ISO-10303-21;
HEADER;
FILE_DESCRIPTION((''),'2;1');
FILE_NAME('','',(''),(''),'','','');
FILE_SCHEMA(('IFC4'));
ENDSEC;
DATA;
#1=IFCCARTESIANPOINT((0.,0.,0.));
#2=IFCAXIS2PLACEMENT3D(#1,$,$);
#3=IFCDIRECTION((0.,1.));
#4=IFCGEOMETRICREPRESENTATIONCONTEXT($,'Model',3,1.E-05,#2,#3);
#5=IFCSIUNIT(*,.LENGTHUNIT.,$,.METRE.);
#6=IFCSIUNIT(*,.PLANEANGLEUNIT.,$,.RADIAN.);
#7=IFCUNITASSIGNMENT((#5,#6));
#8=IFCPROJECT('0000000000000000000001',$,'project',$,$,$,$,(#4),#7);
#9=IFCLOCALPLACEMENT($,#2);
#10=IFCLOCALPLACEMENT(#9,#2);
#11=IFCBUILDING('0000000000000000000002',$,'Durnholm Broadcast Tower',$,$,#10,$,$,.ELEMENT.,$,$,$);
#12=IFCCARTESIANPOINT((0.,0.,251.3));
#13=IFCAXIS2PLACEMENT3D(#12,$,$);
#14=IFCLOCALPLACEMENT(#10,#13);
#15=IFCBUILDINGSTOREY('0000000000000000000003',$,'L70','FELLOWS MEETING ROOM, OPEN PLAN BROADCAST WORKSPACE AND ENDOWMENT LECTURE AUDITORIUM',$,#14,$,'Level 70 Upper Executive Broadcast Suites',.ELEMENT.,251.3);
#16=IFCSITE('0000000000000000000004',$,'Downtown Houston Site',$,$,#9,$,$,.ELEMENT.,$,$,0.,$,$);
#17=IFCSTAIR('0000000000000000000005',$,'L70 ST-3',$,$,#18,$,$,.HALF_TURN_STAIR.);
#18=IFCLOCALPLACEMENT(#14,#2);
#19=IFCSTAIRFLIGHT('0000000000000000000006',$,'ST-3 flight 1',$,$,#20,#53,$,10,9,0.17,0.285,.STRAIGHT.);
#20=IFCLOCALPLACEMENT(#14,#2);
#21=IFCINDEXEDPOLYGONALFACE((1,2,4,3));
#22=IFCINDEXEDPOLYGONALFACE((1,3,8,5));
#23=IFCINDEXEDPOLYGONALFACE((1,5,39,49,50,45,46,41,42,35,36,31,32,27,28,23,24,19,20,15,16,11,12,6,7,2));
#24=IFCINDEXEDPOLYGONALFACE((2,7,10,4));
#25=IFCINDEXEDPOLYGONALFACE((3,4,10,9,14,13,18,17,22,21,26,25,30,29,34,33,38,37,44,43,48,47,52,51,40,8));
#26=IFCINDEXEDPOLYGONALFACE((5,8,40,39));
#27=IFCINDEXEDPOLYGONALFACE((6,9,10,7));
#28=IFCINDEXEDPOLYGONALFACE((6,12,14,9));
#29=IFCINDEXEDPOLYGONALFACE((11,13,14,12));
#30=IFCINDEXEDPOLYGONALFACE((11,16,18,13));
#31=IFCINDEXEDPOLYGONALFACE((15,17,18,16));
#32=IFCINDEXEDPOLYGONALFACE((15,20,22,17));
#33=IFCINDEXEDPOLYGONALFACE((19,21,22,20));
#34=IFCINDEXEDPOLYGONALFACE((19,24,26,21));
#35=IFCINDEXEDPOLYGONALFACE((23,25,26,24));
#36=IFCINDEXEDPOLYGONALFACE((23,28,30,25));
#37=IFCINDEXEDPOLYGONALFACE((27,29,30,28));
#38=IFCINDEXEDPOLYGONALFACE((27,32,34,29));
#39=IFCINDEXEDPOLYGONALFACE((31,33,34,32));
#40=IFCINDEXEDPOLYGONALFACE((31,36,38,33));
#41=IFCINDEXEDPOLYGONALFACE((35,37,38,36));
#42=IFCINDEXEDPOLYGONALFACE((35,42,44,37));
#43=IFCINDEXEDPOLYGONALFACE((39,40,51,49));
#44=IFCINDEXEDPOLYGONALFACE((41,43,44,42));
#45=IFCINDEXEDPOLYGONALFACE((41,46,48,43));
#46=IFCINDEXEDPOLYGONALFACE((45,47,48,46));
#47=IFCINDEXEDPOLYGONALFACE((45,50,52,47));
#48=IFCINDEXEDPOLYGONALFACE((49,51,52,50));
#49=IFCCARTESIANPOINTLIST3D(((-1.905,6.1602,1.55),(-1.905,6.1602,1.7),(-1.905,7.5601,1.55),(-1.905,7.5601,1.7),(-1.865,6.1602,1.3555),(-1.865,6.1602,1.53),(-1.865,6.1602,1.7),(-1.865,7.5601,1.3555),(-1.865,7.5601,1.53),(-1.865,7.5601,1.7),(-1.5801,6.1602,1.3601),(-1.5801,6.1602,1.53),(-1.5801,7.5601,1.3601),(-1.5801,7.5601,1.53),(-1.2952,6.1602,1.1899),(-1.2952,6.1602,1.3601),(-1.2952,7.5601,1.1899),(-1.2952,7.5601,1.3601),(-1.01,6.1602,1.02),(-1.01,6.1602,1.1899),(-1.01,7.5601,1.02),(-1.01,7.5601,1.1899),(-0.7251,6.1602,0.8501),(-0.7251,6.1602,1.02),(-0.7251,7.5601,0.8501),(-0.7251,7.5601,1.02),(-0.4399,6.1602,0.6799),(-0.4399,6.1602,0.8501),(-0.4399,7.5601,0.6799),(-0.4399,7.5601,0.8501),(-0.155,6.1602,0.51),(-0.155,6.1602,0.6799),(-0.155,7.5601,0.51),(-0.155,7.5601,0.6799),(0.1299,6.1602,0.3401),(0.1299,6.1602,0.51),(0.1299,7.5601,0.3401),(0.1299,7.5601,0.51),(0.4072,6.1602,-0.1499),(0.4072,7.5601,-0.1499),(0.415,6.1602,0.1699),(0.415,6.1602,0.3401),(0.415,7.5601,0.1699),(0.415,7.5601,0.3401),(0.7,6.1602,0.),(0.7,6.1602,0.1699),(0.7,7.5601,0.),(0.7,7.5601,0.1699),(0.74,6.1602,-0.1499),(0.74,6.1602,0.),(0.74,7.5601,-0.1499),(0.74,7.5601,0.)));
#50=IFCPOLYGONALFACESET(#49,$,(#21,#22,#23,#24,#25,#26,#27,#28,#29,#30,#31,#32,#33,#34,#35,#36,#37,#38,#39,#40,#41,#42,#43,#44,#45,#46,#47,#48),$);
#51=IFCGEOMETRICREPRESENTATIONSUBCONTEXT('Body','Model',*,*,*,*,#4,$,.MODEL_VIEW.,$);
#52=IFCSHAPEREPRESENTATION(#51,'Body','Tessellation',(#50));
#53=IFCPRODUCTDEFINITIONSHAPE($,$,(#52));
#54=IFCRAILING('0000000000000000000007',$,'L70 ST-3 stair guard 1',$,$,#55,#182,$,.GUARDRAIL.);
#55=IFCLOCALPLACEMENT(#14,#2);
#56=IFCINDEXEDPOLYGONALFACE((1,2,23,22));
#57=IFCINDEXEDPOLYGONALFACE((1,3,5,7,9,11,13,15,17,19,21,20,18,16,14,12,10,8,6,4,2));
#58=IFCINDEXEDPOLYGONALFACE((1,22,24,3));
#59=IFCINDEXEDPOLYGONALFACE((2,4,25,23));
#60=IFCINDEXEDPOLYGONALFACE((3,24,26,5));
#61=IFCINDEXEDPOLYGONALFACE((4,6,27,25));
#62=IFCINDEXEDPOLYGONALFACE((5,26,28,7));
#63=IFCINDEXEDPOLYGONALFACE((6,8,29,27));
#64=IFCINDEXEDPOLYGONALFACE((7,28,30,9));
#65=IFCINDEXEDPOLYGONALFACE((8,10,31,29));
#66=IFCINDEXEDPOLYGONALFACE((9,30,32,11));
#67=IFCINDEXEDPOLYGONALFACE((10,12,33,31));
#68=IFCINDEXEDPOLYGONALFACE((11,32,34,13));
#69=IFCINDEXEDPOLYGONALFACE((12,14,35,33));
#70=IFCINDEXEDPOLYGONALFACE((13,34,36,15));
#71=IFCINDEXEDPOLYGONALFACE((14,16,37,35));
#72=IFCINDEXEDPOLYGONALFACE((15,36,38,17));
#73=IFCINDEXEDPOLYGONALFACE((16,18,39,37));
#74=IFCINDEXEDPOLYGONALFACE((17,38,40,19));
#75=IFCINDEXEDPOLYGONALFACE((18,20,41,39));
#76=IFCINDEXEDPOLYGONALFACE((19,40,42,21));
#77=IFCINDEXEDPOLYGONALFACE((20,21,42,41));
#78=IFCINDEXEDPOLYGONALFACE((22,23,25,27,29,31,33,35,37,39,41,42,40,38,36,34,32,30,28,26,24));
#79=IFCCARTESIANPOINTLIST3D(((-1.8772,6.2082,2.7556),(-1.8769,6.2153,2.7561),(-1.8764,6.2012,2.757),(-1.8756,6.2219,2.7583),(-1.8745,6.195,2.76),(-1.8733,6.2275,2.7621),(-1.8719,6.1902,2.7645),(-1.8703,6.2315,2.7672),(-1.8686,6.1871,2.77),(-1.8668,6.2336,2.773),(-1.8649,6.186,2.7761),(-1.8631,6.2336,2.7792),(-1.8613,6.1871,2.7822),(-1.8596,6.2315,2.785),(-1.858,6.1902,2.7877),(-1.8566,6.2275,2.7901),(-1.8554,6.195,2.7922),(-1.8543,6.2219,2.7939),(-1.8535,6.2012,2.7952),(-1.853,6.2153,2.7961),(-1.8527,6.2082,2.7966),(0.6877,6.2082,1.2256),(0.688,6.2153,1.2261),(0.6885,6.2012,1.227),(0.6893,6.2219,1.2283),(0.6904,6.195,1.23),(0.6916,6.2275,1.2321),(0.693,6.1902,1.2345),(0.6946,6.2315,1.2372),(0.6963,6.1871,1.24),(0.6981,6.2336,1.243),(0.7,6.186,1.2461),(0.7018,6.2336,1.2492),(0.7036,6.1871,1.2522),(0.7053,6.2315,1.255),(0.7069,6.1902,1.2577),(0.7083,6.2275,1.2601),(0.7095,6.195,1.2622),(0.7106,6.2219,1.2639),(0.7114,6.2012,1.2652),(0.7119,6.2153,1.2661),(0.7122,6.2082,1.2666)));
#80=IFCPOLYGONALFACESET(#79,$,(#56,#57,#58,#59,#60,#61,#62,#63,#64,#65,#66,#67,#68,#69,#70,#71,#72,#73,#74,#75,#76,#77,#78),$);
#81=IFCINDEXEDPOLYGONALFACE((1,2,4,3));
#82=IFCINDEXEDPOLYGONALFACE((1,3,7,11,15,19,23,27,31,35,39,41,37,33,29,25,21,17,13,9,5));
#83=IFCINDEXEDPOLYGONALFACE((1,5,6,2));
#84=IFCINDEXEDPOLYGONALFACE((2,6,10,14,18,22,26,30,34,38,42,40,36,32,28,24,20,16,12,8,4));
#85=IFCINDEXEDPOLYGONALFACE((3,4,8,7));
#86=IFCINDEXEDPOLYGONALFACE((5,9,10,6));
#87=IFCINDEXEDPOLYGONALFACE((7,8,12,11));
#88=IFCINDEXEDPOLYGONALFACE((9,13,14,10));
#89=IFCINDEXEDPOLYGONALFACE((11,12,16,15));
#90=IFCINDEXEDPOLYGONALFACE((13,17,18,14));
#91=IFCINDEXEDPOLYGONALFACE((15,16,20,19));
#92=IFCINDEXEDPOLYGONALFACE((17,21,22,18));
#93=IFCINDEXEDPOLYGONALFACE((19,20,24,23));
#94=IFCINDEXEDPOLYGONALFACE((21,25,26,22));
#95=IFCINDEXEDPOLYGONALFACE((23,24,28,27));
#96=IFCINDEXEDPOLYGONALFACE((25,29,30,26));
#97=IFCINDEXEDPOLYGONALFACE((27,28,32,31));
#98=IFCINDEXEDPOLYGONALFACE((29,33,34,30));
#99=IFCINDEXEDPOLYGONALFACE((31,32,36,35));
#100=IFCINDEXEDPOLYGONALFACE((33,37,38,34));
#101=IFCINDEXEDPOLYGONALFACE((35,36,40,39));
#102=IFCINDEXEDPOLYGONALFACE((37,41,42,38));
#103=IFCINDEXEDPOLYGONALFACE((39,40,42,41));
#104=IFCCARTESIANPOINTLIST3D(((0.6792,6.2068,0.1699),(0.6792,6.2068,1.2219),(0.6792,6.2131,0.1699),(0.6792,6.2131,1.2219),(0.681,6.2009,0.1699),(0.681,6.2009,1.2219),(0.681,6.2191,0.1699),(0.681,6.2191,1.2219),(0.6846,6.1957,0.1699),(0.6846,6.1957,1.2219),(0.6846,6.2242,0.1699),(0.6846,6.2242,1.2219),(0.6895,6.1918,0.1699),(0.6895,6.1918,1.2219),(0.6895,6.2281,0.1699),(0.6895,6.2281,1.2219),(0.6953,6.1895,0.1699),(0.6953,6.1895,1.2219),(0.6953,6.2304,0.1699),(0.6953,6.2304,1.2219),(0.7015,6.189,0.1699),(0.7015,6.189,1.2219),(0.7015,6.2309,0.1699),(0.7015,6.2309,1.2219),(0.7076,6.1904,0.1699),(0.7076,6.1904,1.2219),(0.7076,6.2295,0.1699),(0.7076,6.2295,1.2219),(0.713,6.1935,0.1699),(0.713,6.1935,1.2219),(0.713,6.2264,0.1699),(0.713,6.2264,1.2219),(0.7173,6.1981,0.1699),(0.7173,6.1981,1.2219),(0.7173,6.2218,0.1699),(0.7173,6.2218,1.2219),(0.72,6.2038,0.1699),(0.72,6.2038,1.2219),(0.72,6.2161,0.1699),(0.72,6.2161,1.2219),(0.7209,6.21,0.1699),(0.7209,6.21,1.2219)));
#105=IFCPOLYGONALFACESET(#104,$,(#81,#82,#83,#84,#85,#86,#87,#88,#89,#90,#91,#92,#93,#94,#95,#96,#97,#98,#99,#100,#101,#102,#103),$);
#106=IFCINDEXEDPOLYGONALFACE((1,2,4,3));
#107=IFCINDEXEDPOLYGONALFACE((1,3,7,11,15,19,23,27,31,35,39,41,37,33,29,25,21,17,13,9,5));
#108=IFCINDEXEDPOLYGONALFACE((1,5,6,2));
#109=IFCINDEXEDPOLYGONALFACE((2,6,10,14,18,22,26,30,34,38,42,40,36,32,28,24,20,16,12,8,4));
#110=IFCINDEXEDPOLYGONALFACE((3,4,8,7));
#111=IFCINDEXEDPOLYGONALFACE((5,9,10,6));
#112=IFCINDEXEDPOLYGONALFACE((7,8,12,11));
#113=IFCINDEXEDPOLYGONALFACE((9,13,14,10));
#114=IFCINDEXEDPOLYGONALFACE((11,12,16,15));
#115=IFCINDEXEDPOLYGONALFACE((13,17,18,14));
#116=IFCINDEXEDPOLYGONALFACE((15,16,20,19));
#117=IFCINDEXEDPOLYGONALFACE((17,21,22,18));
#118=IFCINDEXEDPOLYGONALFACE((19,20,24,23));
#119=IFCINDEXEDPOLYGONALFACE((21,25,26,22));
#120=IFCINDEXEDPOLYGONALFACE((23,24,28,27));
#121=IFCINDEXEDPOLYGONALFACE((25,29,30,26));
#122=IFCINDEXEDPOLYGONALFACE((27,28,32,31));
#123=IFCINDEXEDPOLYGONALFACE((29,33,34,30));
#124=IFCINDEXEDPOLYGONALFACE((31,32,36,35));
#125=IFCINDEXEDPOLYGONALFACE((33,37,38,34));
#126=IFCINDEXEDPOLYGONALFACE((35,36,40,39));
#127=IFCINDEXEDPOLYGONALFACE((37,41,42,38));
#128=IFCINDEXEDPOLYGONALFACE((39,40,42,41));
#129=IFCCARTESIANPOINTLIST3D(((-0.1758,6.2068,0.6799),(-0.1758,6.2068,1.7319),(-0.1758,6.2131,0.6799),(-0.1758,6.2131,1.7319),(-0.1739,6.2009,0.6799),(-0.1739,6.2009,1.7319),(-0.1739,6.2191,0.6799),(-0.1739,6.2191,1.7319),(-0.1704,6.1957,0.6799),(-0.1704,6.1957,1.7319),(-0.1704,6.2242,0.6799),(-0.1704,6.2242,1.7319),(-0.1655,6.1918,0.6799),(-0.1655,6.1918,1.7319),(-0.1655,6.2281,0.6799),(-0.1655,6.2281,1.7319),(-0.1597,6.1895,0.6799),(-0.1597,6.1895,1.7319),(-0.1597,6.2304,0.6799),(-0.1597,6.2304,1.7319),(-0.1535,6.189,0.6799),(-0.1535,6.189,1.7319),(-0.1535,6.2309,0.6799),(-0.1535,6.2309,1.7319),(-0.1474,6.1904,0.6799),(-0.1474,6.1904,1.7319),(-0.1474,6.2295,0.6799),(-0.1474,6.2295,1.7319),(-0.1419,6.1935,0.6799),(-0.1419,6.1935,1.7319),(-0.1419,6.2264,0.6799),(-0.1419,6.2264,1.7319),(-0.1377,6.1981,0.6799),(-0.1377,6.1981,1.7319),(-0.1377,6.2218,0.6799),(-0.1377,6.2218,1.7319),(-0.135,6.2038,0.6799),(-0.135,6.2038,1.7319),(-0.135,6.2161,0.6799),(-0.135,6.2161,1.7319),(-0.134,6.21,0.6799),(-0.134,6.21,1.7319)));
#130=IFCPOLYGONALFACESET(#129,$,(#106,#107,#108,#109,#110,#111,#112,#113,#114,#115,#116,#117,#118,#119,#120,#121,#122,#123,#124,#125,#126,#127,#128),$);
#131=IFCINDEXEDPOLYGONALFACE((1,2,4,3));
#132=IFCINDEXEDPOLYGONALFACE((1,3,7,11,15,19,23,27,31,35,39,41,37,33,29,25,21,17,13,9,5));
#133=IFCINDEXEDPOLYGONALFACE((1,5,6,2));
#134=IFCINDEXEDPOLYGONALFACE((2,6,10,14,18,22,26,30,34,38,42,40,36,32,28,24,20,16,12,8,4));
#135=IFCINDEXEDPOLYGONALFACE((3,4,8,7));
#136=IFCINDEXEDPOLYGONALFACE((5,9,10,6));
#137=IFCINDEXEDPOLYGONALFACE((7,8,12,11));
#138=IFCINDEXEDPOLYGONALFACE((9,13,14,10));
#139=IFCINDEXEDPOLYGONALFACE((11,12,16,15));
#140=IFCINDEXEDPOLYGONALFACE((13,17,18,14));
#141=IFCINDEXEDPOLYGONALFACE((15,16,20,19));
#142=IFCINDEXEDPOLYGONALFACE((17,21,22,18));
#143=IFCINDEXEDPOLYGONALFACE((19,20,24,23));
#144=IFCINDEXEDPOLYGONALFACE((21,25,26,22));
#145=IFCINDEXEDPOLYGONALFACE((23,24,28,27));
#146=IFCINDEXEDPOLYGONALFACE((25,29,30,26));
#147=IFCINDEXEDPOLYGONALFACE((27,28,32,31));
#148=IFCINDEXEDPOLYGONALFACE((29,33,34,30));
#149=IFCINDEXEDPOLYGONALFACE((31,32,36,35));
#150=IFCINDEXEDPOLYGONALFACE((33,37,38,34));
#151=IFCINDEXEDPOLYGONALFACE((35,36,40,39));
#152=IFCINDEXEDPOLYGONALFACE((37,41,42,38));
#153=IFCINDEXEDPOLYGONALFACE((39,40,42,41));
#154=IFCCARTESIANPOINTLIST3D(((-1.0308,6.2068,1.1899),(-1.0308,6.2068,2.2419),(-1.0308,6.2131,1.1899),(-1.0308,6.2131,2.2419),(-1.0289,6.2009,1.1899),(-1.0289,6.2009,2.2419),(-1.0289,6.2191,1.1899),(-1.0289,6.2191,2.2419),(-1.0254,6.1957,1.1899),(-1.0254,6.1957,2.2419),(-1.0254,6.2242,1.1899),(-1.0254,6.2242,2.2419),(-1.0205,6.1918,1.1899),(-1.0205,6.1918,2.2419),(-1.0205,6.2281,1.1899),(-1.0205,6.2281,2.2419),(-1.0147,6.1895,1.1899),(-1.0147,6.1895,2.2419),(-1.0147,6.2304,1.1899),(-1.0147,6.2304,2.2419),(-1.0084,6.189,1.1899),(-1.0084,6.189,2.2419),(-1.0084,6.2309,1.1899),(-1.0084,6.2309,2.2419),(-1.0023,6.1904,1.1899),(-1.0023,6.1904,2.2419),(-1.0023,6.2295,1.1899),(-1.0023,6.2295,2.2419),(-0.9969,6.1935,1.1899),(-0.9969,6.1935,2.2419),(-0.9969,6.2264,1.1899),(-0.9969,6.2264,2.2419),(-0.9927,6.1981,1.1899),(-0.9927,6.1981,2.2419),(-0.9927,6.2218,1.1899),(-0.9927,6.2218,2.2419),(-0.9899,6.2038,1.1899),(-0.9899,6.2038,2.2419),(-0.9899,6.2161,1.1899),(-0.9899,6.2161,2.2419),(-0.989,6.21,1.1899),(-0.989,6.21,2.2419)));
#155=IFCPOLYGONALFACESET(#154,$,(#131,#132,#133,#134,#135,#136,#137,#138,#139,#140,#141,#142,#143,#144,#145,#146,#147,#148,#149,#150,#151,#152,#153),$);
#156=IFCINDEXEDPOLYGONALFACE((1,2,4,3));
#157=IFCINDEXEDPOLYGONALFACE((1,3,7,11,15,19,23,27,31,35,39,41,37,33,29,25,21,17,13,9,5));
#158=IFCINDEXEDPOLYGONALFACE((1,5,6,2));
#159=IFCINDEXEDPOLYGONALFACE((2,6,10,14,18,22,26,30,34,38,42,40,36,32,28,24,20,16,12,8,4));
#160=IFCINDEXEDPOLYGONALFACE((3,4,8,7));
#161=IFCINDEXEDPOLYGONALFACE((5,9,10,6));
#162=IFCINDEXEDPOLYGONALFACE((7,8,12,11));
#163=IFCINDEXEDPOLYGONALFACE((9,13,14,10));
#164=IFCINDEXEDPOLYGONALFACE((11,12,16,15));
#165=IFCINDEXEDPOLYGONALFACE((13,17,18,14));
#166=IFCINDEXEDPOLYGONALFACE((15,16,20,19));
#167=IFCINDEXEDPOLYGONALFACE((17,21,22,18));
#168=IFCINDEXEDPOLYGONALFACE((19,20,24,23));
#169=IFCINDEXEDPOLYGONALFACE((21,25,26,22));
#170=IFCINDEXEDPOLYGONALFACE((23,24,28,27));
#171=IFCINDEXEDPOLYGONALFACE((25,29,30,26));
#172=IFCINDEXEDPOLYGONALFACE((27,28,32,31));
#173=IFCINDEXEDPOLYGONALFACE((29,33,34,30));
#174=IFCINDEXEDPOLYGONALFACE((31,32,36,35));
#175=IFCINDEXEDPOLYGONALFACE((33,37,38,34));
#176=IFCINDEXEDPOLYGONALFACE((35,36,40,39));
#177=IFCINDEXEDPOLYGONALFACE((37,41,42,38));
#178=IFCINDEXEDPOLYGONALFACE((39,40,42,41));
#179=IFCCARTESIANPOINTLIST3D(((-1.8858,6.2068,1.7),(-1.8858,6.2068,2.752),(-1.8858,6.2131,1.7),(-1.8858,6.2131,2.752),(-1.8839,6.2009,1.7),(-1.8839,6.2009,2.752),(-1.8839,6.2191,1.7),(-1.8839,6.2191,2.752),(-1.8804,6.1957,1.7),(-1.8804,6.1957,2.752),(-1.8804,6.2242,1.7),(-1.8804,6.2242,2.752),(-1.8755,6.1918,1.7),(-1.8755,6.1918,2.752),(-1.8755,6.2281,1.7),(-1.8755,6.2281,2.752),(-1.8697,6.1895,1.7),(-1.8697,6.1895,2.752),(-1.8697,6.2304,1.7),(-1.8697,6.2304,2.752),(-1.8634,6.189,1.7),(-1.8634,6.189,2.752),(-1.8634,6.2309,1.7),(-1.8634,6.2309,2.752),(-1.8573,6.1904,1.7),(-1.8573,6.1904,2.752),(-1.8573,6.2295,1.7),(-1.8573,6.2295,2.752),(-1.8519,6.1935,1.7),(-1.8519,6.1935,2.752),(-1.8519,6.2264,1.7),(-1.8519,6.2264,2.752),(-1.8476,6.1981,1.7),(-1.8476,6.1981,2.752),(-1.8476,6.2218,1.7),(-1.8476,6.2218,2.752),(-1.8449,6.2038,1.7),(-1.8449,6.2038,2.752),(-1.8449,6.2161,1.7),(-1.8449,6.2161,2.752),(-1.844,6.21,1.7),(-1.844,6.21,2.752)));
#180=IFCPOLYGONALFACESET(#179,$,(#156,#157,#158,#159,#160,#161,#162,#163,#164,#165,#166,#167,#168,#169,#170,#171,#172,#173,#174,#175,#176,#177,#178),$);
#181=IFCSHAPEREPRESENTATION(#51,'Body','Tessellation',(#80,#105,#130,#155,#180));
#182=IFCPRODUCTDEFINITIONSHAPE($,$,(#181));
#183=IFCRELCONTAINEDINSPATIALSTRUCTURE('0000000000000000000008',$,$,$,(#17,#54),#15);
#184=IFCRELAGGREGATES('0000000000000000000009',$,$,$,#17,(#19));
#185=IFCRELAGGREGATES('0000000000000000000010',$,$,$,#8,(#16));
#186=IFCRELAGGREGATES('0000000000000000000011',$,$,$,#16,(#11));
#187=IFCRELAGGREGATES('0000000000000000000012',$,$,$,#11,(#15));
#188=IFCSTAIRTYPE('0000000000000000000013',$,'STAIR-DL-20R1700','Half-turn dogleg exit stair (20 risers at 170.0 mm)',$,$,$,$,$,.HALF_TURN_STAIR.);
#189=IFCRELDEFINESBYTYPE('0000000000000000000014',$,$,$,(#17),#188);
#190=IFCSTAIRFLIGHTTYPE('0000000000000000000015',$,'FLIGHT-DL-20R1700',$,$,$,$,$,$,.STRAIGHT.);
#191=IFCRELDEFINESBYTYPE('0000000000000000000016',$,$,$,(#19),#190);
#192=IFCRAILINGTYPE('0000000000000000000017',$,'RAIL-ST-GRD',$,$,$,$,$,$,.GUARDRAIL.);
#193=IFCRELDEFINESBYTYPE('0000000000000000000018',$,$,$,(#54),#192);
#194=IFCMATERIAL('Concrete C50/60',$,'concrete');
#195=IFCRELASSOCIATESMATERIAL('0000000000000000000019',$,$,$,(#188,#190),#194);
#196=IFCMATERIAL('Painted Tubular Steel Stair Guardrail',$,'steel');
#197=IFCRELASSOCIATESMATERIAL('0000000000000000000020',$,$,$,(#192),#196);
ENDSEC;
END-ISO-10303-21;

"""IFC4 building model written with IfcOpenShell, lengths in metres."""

from ifc_helpers import new_model, si_unit, direction, frame, origin, origin_2d, place, context, subcontext, project, spatial, polyline, circle, outline, extrude, material, type_object, element, aggregate, save


model = new_model("IFC4")

# Units and contexts
model_context = context("Model", 3, precision=1e-05, world=origin(), true_north=direction((0.0, 1.0)))
body_context = subcontext(model_context, "Body", "Model", "MODEL_VIEW")
ifc_project = project(units=[si_unit("LENGTHUNIT", "METRE"), si_unit("PLANEANGLEUNIT", "RADIAN")], contexts=[model_context])

# Site, building, storey
site_placement = place(None, origin())
site = spatial("IfcSite", under=ifc_project, at=site_placement, Name="Downtown Houston Site", CompositionType="ELEMENT", RefElevation=0.0)
building_placement = place(site_placement, origin())
building = spatial("IfcBuilding", under=site, at=building_placement, Name="Durnholm Broadcast Tower", CompositionType="ELEMENT")
storey_placement = place(building_placement, frame((0.0, 0.0, 251.3)))
storey = spatial("IfcBuildingStorey", under=building, at=storey_placement, Name="L70", Description="FELLOWS MEETING ROOM, OPEN PLAN BROADCAST WORKSPACE AND ENDOWMENT LECTURE AUDITORIUM", LongName="Level 70 Upper Executive Broadcast Suites", CompositionType="ELEMENT", Elevation=251.3)

# Stair
ifc_material_1 = material(Name="Concrete C50/60", Category="concrete")
stair_type = type_object("IfcStairType", Name="STAIR-DL-20R1700", Description="Half-turn dogleg exit stair (20 risers at 170.0 mm)", PredefinedType="HALF_TURN_STAIR", material=ifc_material_1)
stair_1_placement = place(storey_placement, origin())
stair_1 = element("IfcStair", 1, at=stair_1_placement, inside=storey, type_object=stair_type, Name="L70 ST-3", PredefinedType="HALF_TURN_STAIR")

# Stair flight
stair_flight_type = type_object("IfcStairFlightType", Name="FLIGHT-DL-20R1700", PredefinedType="STRAIGHT", material=ifc_material_1)
stair_flight_placement = place(storey_placement, frame((0.7, 6.8601, 0.0), z_axis=(0.0, 0.0, 1.0), x_axis=(-1.0, 0.0, 0.0)))
stair_flight = element("IfcStairFlight", 2, at=stair_flight_placement, type_object=stair_flight_type, Name="ST-3 flight 1", NumberOfRisers=10, NumberOfTreads=9, PredefinedType="STRAIGHT", RiserHeight=0.17, TreadLength=0.285, context=body_context, shape_type="SweptSolid", body=[
    extrude(outline(polyline([(-0.04, -0.1499), (-0.04, 0.0), (0.0, 0.0), (0.0, 0.1699), (0.2849, 0.1699), (0.2849, 0.3401), (0.5701, 0.3401), (0.5701, 0.51), (0.855, 0.51), (0.855, 0.6799), (1.1399, 0.6799), (1.1399, 0.8501), (1.425, 0.8501), (1.425, 1.02), (1.71, 1.02), (1.71, 1.1899), (1.9951, 1.1899), (1.9951, 1.3601), (2.28, 1.3601), (2.28, 1.53), (2.5649, 1.53), (2.5649, 1.7), (2.605, 1.7), (2.605, 1.55), (2.5649, 1.3555), (0.2927, -0.1499), (-0.04, -0.1499)])), frame((0.0, 0.7, 0.0), z_axis=(0.0, -1.0, 0.0), x_axis=(1.0, 0.0, 0.0)), (0.0, 0.0, 1.0), 1.3999),
])
aggregate(stair_1, [stair_flight])

# Railing
ifc_material_2 = material(Name="Painted Tubular Steel Stair Guardrail", Category="steel")
railing_type = type_object("IfcRailingType", Name="RAIL-ST-GRD", PredefinedType="GUARDRAIL", material=ifc_material_2)
railing_1_placement = place(storey_placement, frame((0.7, 6.21, 0.1699)))
element("IfcRailing", 3, at=railing_1_placement, inside=storey, type_object=railing_type, Name="L70 ST-3 stair guard 1", PredefinedType="GUARDRAIL", context=body_context, shape_type="SweptSolid", body=[
    extrude(circle(Radius=0.0239, at=origin_2d()), frame((0.0, 0.0, 1.0762), z_axis=(-0.85881, 0.0, 0.512294), x_axis=(0.0, -1.0, 0.0)), (0.0, 0.0, 1.0), 2.9866),
    extrude(circle(Radius=0.021, at=origin_2d()), origin(), (0.0, 0.0, 1.0), 1.052),
    extrude(circle(Radius=0.021, at=origin_2d()), frame((-0.855, 0.0, 0.51)), (0.0, 0.0, 1.0), 1.052),
    extrude(circle(Radius=0.021, at=origin_2d()), frame((-1.71, 0.0, 1.02)), (0.0, 0.0, 1.0), 1.052),
    extrude(circle(Radius=0.021, at=origin_2d()), frame((-2.5649, 0.0, 1.53)), (0.0, 0.0, 1.0), 1.052),
])

save(model, "model.ifc")
